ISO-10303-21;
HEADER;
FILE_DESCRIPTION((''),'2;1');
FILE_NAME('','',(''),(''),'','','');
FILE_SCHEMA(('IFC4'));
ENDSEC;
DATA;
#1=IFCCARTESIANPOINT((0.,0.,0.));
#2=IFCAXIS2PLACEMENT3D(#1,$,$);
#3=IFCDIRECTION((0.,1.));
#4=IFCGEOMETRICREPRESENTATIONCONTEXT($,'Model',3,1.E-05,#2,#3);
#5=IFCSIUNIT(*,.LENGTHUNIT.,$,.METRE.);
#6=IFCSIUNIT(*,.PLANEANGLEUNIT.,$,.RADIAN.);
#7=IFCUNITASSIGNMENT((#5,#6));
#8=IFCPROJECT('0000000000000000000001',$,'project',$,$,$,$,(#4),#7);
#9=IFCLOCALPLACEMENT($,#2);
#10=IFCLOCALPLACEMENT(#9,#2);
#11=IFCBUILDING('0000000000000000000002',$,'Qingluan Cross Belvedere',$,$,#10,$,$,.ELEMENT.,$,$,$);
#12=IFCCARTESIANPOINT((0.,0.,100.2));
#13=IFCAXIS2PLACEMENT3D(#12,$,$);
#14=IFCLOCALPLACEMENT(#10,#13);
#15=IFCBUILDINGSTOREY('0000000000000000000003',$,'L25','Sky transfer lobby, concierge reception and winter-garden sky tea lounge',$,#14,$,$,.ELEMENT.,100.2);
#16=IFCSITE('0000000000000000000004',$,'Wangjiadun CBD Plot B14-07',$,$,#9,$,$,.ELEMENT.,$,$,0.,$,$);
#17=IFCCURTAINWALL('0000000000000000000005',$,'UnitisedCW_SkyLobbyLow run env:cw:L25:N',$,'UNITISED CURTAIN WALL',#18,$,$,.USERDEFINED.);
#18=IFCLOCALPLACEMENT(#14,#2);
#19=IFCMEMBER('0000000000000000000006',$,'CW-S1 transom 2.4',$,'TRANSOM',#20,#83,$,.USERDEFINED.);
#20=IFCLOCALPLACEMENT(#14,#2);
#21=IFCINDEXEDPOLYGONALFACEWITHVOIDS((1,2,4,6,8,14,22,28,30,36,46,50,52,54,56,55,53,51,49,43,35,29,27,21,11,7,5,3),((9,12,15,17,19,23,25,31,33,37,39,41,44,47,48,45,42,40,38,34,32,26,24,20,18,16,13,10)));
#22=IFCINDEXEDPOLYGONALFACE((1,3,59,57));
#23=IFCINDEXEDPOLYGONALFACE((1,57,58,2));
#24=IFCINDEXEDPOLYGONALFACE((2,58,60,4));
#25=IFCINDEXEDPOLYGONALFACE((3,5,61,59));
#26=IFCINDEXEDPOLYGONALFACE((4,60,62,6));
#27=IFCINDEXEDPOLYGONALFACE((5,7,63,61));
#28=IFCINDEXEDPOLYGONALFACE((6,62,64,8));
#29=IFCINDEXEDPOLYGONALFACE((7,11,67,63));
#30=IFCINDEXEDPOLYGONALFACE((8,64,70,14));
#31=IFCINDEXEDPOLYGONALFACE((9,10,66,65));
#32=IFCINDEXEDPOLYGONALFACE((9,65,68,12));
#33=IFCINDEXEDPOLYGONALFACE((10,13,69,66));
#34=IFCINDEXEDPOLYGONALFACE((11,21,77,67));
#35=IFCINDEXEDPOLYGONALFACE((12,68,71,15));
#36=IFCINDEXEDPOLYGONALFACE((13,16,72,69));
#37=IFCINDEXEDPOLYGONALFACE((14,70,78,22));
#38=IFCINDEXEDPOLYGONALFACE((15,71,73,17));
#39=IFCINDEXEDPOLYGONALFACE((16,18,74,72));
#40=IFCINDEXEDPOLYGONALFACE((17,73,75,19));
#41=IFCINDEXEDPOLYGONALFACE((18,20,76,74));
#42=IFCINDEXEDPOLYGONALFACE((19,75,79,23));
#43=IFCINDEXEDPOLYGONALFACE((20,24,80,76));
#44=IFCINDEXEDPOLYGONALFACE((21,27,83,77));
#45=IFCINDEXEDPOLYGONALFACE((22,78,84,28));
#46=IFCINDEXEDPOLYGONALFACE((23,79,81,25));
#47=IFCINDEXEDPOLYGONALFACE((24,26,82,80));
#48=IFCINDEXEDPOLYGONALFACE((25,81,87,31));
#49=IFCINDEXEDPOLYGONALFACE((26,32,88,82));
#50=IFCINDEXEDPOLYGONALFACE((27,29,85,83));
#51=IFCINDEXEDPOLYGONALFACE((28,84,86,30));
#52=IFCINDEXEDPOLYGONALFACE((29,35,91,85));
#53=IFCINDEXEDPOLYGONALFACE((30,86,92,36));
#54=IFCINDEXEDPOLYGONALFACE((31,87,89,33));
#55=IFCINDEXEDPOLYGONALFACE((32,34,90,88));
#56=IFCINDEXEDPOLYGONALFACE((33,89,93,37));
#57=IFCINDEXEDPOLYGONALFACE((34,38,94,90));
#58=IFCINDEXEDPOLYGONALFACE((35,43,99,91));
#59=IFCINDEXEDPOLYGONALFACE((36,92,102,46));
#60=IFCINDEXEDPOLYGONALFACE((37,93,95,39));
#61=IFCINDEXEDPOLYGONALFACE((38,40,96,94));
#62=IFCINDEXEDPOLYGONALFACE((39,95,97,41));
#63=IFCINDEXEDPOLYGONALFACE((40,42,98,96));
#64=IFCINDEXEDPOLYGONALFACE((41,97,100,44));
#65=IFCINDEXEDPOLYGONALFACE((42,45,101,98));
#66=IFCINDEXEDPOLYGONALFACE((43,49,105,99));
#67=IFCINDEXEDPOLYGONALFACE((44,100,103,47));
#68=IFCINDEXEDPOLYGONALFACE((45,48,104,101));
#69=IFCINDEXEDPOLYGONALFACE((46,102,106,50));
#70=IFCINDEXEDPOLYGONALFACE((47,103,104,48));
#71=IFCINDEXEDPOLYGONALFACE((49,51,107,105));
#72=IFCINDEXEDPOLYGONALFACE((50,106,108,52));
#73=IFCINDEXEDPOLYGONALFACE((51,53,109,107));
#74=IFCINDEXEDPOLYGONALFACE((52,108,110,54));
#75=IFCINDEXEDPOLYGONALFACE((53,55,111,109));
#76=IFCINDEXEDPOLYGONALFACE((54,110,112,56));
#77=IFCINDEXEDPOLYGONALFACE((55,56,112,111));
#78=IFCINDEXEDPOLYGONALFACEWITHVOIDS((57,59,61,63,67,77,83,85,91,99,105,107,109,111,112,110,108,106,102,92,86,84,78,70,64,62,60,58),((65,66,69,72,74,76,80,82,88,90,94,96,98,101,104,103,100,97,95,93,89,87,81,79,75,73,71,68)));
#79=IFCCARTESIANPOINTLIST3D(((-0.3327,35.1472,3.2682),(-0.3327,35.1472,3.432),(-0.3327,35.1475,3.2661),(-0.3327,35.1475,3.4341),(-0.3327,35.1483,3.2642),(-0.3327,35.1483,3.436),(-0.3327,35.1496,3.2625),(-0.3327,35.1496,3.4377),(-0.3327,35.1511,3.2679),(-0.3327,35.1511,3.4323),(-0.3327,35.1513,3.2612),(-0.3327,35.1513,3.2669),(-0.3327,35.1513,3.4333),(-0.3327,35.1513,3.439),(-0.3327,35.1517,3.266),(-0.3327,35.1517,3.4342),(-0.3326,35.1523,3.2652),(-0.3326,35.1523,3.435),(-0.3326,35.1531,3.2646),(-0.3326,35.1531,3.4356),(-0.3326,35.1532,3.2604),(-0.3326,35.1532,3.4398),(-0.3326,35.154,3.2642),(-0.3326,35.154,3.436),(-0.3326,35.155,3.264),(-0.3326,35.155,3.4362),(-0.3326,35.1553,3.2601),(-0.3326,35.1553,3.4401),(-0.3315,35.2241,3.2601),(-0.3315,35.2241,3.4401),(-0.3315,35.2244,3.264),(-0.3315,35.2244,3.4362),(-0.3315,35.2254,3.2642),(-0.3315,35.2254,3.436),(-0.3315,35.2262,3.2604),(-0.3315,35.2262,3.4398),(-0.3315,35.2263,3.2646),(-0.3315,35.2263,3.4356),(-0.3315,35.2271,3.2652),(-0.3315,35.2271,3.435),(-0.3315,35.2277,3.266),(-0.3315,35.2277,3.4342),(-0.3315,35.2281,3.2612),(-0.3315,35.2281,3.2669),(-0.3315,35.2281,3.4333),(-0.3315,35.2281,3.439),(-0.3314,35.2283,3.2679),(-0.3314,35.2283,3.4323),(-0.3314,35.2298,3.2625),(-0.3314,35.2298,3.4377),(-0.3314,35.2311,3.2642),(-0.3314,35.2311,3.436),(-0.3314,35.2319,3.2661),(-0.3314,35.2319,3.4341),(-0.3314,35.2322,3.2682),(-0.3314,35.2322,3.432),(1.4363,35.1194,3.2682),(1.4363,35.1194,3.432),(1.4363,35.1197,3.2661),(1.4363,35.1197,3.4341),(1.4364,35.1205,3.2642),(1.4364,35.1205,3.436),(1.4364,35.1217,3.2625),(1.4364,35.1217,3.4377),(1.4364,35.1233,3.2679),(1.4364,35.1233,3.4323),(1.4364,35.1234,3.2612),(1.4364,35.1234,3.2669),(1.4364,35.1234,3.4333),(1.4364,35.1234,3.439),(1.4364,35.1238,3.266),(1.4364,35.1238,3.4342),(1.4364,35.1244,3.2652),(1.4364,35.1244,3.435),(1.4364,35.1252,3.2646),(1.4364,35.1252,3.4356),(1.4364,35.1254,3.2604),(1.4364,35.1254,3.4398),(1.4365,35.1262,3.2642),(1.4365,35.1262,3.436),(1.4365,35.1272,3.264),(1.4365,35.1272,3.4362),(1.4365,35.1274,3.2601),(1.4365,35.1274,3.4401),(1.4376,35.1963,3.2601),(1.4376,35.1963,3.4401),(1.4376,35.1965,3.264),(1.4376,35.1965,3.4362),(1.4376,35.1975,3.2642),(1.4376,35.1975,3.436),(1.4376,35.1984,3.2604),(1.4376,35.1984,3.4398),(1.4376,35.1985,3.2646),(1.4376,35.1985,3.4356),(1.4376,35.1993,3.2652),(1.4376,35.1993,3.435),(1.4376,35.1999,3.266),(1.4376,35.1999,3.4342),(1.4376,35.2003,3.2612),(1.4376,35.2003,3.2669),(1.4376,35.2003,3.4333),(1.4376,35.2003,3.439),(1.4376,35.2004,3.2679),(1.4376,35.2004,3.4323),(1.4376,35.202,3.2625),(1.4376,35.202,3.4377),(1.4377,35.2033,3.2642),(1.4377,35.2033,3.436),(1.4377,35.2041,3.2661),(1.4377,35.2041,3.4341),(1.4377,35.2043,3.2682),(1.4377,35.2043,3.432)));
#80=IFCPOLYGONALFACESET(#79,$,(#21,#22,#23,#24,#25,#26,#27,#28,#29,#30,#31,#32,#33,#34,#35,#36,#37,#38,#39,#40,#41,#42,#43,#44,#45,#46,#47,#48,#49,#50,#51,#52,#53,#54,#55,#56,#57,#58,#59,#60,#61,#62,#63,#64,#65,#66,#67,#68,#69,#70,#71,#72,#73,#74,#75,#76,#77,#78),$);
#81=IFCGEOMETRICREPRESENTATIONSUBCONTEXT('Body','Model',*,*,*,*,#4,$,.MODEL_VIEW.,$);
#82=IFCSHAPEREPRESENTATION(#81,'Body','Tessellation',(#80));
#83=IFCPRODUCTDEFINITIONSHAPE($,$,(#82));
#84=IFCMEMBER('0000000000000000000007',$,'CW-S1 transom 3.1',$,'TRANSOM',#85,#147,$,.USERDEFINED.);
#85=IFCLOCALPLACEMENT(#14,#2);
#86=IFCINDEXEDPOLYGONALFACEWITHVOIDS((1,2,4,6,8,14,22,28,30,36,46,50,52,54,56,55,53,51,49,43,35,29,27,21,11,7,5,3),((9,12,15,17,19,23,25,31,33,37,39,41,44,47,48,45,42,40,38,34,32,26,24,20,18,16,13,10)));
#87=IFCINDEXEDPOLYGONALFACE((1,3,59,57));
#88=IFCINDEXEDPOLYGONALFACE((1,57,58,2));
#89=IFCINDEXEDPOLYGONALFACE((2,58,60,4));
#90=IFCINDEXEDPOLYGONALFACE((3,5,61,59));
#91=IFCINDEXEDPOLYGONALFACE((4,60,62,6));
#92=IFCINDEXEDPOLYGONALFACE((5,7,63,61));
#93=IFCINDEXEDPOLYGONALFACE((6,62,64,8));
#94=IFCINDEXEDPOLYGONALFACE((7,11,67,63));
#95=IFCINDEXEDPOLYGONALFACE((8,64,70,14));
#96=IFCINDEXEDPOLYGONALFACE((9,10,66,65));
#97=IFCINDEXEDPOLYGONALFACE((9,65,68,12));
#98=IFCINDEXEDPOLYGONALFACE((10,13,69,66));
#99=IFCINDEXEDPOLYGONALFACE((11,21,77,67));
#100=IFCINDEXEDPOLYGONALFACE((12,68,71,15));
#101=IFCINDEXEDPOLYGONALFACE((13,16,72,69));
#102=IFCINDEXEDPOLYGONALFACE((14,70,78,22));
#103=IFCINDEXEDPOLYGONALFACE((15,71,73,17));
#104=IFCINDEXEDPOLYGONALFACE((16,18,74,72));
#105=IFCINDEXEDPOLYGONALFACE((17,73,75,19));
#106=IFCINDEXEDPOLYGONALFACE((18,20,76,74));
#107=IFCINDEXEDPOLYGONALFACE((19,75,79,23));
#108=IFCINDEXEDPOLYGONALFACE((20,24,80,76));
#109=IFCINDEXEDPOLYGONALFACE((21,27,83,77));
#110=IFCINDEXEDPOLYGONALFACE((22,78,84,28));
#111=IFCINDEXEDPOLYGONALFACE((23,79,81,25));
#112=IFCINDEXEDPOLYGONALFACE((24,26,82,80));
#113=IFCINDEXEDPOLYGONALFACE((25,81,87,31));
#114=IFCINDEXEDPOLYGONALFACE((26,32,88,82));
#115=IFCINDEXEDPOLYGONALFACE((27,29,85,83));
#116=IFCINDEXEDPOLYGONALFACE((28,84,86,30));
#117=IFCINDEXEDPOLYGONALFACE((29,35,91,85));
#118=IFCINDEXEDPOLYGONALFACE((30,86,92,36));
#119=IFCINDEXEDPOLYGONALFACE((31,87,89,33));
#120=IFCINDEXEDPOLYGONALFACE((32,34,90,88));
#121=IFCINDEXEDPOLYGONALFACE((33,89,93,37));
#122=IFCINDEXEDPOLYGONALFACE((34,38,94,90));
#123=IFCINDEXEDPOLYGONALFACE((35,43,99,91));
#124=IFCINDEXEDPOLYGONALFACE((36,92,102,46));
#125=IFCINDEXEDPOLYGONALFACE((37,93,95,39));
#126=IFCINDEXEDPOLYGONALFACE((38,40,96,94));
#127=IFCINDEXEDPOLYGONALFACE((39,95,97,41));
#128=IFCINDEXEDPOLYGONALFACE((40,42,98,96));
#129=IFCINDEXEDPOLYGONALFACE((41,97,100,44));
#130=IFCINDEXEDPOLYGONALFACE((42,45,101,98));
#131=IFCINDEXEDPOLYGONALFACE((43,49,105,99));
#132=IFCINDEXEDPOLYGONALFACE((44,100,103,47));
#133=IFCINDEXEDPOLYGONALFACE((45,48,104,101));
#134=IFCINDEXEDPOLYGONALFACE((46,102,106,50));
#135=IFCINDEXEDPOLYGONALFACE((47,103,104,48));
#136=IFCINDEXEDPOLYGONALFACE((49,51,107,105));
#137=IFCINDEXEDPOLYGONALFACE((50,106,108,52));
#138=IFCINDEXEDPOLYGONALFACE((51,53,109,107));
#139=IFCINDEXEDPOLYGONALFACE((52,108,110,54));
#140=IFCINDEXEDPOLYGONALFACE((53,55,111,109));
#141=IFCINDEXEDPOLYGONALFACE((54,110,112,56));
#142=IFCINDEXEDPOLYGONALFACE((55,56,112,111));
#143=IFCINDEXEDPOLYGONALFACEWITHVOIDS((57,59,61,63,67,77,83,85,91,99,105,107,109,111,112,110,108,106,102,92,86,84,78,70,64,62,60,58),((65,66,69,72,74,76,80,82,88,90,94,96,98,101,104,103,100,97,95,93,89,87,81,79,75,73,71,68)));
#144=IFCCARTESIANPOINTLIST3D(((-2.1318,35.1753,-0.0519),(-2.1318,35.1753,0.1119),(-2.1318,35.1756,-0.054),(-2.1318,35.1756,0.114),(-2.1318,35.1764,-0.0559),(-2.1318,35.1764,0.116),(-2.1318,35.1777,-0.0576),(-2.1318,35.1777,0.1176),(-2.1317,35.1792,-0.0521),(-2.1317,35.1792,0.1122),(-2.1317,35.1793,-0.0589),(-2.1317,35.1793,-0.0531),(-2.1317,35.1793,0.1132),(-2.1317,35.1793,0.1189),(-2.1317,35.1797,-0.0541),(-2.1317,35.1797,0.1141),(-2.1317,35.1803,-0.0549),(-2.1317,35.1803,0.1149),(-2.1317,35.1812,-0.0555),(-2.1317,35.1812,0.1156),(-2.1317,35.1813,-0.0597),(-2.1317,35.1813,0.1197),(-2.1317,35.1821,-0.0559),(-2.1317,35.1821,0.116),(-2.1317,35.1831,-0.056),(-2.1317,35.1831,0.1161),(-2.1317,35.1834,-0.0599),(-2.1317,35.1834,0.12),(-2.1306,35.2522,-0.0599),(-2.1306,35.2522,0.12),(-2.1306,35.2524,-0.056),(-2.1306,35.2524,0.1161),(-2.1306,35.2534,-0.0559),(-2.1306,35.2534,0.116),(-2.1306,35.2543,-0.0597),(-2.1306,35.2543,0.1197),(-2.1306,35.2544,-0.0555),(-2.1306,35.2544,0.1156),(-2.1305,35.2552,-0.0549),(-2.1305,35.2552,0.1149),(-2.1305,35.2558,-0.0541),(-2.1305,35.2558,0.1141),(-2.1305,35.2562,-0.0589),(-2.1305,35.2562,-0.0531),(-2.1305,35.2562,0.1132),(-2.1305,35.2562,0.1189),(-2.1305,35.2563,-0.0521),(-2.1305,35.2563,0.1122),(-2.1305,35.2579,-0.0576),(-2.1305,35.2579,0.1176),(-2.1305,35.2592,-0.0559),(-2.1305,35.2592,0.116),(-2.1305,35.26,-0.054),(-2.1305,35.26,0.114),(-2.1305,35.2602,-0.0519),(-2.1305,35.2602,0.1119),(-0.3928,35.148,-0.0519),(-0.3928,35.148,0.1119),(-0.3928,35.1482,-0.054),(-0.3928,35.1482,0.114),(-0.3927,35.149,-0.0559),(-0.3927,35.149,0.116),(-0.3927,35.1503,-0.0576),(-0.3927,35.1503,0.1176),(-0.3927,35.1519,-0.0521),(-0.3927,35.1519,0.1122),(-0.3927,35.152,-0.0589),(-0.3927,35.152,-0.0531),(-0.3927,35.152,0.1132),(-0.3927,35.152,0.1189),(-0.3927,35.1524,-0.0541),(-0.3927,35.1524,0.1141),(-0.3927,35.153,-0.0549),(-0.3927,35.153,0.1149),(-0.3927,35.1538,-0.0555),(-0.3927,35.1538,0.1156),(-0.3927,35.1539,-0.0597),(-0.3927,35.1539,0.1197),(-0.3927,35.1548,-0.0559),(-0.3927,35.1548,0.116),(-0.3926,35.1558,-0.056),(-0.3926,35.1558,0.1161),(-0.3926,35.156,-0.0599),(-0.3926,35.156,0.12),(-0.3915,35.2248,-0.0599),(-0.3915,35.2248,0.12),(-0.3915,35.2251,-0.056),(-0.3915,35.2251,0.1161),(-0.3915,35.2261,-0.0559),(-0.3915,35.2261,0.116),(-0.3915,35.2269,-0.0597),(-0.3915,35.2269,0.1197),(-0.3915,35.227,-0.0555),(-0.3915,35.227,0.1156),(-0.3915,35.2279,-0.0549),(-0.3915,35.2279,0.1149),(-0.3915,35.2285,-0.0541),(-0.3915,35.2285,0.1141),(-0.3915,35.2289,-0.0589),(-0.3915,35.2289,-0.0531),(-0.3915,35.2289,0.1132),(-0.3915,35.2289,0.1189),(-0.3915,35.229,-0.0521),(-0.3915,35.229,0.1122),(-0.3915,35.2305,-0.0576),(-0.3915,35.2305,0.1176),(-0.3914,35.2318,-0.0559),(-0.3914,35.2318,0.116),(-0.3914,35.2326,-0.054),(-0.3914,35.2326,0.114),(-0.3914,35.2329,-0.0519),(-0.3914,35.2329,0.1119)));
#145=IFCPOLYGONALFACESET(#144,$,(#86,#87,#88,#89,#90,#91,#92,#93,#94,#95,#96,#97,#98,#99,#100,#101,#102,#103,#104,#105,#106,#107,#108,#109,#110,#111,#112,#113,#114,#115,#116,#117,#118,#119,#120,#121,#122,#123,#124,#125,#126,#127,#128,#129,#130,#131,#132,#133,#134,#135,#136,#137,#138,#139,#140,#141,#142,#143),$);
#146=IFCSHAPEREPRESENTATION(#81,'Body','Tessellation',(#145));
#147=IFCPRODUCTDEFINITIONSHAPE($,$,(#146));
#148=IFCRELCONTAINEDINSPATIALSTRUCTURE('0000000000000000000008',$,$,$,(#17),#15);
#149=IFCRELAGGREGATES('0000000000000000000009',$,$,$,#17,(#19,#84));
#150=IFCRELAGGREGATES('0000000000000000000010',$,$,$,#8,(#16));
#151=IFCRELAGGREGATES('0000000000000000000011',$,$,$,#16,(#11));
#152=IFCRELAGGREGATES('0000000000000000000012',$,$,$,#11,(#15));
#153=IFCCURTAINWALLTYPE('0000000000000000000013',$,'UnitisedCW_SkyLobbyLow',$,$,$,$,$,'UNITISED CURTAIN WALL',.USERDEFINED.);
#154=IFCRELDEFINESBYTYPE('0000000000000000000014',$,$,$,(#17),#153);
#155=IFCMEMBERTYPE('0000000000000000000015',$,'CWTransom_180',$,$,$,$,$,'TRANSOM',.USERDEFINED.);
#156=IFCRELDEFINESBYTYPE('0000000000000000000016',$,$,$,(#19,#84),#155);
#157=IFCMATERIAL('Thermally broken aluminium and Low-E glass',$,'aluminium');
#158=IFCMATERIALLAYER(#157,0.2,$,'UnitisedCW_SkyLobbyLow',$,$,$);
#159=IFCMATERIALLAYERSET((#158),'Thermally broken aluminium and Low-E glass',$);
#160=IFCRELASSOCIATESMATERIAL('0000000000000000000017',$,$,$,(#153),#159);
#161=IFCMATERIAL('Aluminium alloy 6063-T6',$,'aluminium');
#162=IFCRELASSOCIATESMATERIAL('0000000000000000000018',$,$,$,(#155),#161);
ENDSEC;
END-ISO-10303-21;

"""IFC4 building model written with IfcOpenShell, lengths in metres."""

from ifc_helpers import new_model, si_unit, direction, frame, origin, origin_2d, place, context, subcontext, project, spatial, hollow_rectangle, extrude, material, layer, layer_set, material_profile, profile_set, type_object, element, aggregate, save


model = new_model("IFC4")

# Units and contexts
model_context = context("Model", 3, precision=1e-05, world=origin(), true_north=direction((0.0, 1.0)))
body_context = subcontext(model_context, "Body", "Model", "MODEL_VIEW")
ifc_project = project(units=[si_unit("LENGTHUNIT", "METRE"), si_unit("PLANEANGLEUNIT", "RADIAN")], contexts=[model_context])

# Site, building, storey
site_placement = place(None, origin())
site = spatial("IfcSite", under=ifc_project, at=site_placement, Name="Wangjiadun CBD Plot B14-07", CompositionType="ELEMENT", RefElevation=0.0)
building_placement = place(site_placement, origin())
building = spatial("IfcBuilding", under=site, at=building_placement, Name="Qingluan Cross Belvedere", CompositionType="ELEMENT")
storey_placement = place(building_placement, frame((0.0, 0.0, 100.2)))
storey = spatial("IfcBuildingStorey", under=building, at=storey_placement, Name="L25", Description="Sky transfer lobby, concierge reception and winter-garden sky tea lounge", CompositionType="ELEMENT", Elevation=100.2)

# Curtain wall, members
ifc_material_1 = material(Name="Thermally broken aluminium and Low-E glass", Category="aluminium")
ifc_layer_1 = layer(ifc_material_1, 0.2, Name="UnitisedCW_SkyLobbyLow")
ifc_layer_set_1 = layer_set([ifc_layer_1], Name="Thermally broken aluminium and Low-E glass")
curtain_wall_type = type_object("IfcCurtainWallType", Name="UnitisedCW_SkyLobbyLow", ElementType="UNITISED CURTAIN WALL", PredefinedType="USERDEFINED", material=ifc_layer_set_1)
curtain_wall_placement = place(storey_placement, origin())
curtain_wall = element("IfcCurtainWall", 1, at=curtain_wall_placement, inside=storey, type_object=curtain_wall_type, Name="UnitisedCW_SkyLobbyLow run env:cw:L25:N", ObjectType="UNITISED CURTAIN WALL", PredefinedType="USERDEFINED")
ifc_material_2 = material(Name="Aluminium alloy 6063-T6", Category="aluminium")
ifc_material_profile_1 = material_profile(ifc_material_2, hollow_rectangle(XDim=0.085, YDim=0.1799, WallThickness=0.0039, InnerFilletRadius=0.0039, OuterFilletRadius=0.0081, at=origin_2d()), Name="CWT180x85x4")
ifc_profile_set_1 = profile_set([ifc_material_profile_1], Name="Aluminium alloy 6063-T6")
member_type_1 = type_object("IfcMemberType", Name="CWTransom_180", ElementType="TRANSOM", PredefinedType="USERDEFINED", material=ifc_profile_set_1)
member_1_placement = place(storey_placement, frame((1.437, 35.1619, 3.3501), z_axis=(-0.999876, 0.015731, 0.0), x_axis=(-0.015731, -0.999876, 0.0)))
member_1 = element("IfcMember", 2, at=member_1_placement, type_object=member_type_1, Name="CW-S1 transom 2.4", ObjectType="TRANSOM", PredefinedType="USERDEFINED", context=body_context, shape_type="SweptSolid", body=[
    extrude(hollow_rectangle(XDim=0.085, YDim=0.1799, WallThickness=0.0039, InnerFilletRadius=0.0039, OuterFilletRadius=0.0081, at=origin_2d()), origin(), (0.0, 0.0, 1.0), 1.7693),
])
member_2_placement = place(storey_placement, frame((-0.3921, 35.1904, 0.03), z_axis=(-0.999876, 0.015722, 0.0), x_axis=(-0.015722, -0.999876, 0.0)))
member_2 = element("IfcMember", 3, at=member_2_placement, type_object=member_type_1, Name="CW-S1 transom 3.1", ObjectType="TRANSOM", PredefinedType="USERDEFINED", context=body_context, shape_type="SweptSolid", body=[
    extrude(hollow_rectangle(XDim=0.085, YDim=0.1799, WallThickness=0.0039, InnerFilletRadius=0.0039, OuterFilletRadius=0.0081, at=origin_2d()), origin(), (0.0, 0.0, 1.0), 1.7393),
])
aggregate(curtain_wall, [member_1, member_2])

save(model, "model.ifc")
